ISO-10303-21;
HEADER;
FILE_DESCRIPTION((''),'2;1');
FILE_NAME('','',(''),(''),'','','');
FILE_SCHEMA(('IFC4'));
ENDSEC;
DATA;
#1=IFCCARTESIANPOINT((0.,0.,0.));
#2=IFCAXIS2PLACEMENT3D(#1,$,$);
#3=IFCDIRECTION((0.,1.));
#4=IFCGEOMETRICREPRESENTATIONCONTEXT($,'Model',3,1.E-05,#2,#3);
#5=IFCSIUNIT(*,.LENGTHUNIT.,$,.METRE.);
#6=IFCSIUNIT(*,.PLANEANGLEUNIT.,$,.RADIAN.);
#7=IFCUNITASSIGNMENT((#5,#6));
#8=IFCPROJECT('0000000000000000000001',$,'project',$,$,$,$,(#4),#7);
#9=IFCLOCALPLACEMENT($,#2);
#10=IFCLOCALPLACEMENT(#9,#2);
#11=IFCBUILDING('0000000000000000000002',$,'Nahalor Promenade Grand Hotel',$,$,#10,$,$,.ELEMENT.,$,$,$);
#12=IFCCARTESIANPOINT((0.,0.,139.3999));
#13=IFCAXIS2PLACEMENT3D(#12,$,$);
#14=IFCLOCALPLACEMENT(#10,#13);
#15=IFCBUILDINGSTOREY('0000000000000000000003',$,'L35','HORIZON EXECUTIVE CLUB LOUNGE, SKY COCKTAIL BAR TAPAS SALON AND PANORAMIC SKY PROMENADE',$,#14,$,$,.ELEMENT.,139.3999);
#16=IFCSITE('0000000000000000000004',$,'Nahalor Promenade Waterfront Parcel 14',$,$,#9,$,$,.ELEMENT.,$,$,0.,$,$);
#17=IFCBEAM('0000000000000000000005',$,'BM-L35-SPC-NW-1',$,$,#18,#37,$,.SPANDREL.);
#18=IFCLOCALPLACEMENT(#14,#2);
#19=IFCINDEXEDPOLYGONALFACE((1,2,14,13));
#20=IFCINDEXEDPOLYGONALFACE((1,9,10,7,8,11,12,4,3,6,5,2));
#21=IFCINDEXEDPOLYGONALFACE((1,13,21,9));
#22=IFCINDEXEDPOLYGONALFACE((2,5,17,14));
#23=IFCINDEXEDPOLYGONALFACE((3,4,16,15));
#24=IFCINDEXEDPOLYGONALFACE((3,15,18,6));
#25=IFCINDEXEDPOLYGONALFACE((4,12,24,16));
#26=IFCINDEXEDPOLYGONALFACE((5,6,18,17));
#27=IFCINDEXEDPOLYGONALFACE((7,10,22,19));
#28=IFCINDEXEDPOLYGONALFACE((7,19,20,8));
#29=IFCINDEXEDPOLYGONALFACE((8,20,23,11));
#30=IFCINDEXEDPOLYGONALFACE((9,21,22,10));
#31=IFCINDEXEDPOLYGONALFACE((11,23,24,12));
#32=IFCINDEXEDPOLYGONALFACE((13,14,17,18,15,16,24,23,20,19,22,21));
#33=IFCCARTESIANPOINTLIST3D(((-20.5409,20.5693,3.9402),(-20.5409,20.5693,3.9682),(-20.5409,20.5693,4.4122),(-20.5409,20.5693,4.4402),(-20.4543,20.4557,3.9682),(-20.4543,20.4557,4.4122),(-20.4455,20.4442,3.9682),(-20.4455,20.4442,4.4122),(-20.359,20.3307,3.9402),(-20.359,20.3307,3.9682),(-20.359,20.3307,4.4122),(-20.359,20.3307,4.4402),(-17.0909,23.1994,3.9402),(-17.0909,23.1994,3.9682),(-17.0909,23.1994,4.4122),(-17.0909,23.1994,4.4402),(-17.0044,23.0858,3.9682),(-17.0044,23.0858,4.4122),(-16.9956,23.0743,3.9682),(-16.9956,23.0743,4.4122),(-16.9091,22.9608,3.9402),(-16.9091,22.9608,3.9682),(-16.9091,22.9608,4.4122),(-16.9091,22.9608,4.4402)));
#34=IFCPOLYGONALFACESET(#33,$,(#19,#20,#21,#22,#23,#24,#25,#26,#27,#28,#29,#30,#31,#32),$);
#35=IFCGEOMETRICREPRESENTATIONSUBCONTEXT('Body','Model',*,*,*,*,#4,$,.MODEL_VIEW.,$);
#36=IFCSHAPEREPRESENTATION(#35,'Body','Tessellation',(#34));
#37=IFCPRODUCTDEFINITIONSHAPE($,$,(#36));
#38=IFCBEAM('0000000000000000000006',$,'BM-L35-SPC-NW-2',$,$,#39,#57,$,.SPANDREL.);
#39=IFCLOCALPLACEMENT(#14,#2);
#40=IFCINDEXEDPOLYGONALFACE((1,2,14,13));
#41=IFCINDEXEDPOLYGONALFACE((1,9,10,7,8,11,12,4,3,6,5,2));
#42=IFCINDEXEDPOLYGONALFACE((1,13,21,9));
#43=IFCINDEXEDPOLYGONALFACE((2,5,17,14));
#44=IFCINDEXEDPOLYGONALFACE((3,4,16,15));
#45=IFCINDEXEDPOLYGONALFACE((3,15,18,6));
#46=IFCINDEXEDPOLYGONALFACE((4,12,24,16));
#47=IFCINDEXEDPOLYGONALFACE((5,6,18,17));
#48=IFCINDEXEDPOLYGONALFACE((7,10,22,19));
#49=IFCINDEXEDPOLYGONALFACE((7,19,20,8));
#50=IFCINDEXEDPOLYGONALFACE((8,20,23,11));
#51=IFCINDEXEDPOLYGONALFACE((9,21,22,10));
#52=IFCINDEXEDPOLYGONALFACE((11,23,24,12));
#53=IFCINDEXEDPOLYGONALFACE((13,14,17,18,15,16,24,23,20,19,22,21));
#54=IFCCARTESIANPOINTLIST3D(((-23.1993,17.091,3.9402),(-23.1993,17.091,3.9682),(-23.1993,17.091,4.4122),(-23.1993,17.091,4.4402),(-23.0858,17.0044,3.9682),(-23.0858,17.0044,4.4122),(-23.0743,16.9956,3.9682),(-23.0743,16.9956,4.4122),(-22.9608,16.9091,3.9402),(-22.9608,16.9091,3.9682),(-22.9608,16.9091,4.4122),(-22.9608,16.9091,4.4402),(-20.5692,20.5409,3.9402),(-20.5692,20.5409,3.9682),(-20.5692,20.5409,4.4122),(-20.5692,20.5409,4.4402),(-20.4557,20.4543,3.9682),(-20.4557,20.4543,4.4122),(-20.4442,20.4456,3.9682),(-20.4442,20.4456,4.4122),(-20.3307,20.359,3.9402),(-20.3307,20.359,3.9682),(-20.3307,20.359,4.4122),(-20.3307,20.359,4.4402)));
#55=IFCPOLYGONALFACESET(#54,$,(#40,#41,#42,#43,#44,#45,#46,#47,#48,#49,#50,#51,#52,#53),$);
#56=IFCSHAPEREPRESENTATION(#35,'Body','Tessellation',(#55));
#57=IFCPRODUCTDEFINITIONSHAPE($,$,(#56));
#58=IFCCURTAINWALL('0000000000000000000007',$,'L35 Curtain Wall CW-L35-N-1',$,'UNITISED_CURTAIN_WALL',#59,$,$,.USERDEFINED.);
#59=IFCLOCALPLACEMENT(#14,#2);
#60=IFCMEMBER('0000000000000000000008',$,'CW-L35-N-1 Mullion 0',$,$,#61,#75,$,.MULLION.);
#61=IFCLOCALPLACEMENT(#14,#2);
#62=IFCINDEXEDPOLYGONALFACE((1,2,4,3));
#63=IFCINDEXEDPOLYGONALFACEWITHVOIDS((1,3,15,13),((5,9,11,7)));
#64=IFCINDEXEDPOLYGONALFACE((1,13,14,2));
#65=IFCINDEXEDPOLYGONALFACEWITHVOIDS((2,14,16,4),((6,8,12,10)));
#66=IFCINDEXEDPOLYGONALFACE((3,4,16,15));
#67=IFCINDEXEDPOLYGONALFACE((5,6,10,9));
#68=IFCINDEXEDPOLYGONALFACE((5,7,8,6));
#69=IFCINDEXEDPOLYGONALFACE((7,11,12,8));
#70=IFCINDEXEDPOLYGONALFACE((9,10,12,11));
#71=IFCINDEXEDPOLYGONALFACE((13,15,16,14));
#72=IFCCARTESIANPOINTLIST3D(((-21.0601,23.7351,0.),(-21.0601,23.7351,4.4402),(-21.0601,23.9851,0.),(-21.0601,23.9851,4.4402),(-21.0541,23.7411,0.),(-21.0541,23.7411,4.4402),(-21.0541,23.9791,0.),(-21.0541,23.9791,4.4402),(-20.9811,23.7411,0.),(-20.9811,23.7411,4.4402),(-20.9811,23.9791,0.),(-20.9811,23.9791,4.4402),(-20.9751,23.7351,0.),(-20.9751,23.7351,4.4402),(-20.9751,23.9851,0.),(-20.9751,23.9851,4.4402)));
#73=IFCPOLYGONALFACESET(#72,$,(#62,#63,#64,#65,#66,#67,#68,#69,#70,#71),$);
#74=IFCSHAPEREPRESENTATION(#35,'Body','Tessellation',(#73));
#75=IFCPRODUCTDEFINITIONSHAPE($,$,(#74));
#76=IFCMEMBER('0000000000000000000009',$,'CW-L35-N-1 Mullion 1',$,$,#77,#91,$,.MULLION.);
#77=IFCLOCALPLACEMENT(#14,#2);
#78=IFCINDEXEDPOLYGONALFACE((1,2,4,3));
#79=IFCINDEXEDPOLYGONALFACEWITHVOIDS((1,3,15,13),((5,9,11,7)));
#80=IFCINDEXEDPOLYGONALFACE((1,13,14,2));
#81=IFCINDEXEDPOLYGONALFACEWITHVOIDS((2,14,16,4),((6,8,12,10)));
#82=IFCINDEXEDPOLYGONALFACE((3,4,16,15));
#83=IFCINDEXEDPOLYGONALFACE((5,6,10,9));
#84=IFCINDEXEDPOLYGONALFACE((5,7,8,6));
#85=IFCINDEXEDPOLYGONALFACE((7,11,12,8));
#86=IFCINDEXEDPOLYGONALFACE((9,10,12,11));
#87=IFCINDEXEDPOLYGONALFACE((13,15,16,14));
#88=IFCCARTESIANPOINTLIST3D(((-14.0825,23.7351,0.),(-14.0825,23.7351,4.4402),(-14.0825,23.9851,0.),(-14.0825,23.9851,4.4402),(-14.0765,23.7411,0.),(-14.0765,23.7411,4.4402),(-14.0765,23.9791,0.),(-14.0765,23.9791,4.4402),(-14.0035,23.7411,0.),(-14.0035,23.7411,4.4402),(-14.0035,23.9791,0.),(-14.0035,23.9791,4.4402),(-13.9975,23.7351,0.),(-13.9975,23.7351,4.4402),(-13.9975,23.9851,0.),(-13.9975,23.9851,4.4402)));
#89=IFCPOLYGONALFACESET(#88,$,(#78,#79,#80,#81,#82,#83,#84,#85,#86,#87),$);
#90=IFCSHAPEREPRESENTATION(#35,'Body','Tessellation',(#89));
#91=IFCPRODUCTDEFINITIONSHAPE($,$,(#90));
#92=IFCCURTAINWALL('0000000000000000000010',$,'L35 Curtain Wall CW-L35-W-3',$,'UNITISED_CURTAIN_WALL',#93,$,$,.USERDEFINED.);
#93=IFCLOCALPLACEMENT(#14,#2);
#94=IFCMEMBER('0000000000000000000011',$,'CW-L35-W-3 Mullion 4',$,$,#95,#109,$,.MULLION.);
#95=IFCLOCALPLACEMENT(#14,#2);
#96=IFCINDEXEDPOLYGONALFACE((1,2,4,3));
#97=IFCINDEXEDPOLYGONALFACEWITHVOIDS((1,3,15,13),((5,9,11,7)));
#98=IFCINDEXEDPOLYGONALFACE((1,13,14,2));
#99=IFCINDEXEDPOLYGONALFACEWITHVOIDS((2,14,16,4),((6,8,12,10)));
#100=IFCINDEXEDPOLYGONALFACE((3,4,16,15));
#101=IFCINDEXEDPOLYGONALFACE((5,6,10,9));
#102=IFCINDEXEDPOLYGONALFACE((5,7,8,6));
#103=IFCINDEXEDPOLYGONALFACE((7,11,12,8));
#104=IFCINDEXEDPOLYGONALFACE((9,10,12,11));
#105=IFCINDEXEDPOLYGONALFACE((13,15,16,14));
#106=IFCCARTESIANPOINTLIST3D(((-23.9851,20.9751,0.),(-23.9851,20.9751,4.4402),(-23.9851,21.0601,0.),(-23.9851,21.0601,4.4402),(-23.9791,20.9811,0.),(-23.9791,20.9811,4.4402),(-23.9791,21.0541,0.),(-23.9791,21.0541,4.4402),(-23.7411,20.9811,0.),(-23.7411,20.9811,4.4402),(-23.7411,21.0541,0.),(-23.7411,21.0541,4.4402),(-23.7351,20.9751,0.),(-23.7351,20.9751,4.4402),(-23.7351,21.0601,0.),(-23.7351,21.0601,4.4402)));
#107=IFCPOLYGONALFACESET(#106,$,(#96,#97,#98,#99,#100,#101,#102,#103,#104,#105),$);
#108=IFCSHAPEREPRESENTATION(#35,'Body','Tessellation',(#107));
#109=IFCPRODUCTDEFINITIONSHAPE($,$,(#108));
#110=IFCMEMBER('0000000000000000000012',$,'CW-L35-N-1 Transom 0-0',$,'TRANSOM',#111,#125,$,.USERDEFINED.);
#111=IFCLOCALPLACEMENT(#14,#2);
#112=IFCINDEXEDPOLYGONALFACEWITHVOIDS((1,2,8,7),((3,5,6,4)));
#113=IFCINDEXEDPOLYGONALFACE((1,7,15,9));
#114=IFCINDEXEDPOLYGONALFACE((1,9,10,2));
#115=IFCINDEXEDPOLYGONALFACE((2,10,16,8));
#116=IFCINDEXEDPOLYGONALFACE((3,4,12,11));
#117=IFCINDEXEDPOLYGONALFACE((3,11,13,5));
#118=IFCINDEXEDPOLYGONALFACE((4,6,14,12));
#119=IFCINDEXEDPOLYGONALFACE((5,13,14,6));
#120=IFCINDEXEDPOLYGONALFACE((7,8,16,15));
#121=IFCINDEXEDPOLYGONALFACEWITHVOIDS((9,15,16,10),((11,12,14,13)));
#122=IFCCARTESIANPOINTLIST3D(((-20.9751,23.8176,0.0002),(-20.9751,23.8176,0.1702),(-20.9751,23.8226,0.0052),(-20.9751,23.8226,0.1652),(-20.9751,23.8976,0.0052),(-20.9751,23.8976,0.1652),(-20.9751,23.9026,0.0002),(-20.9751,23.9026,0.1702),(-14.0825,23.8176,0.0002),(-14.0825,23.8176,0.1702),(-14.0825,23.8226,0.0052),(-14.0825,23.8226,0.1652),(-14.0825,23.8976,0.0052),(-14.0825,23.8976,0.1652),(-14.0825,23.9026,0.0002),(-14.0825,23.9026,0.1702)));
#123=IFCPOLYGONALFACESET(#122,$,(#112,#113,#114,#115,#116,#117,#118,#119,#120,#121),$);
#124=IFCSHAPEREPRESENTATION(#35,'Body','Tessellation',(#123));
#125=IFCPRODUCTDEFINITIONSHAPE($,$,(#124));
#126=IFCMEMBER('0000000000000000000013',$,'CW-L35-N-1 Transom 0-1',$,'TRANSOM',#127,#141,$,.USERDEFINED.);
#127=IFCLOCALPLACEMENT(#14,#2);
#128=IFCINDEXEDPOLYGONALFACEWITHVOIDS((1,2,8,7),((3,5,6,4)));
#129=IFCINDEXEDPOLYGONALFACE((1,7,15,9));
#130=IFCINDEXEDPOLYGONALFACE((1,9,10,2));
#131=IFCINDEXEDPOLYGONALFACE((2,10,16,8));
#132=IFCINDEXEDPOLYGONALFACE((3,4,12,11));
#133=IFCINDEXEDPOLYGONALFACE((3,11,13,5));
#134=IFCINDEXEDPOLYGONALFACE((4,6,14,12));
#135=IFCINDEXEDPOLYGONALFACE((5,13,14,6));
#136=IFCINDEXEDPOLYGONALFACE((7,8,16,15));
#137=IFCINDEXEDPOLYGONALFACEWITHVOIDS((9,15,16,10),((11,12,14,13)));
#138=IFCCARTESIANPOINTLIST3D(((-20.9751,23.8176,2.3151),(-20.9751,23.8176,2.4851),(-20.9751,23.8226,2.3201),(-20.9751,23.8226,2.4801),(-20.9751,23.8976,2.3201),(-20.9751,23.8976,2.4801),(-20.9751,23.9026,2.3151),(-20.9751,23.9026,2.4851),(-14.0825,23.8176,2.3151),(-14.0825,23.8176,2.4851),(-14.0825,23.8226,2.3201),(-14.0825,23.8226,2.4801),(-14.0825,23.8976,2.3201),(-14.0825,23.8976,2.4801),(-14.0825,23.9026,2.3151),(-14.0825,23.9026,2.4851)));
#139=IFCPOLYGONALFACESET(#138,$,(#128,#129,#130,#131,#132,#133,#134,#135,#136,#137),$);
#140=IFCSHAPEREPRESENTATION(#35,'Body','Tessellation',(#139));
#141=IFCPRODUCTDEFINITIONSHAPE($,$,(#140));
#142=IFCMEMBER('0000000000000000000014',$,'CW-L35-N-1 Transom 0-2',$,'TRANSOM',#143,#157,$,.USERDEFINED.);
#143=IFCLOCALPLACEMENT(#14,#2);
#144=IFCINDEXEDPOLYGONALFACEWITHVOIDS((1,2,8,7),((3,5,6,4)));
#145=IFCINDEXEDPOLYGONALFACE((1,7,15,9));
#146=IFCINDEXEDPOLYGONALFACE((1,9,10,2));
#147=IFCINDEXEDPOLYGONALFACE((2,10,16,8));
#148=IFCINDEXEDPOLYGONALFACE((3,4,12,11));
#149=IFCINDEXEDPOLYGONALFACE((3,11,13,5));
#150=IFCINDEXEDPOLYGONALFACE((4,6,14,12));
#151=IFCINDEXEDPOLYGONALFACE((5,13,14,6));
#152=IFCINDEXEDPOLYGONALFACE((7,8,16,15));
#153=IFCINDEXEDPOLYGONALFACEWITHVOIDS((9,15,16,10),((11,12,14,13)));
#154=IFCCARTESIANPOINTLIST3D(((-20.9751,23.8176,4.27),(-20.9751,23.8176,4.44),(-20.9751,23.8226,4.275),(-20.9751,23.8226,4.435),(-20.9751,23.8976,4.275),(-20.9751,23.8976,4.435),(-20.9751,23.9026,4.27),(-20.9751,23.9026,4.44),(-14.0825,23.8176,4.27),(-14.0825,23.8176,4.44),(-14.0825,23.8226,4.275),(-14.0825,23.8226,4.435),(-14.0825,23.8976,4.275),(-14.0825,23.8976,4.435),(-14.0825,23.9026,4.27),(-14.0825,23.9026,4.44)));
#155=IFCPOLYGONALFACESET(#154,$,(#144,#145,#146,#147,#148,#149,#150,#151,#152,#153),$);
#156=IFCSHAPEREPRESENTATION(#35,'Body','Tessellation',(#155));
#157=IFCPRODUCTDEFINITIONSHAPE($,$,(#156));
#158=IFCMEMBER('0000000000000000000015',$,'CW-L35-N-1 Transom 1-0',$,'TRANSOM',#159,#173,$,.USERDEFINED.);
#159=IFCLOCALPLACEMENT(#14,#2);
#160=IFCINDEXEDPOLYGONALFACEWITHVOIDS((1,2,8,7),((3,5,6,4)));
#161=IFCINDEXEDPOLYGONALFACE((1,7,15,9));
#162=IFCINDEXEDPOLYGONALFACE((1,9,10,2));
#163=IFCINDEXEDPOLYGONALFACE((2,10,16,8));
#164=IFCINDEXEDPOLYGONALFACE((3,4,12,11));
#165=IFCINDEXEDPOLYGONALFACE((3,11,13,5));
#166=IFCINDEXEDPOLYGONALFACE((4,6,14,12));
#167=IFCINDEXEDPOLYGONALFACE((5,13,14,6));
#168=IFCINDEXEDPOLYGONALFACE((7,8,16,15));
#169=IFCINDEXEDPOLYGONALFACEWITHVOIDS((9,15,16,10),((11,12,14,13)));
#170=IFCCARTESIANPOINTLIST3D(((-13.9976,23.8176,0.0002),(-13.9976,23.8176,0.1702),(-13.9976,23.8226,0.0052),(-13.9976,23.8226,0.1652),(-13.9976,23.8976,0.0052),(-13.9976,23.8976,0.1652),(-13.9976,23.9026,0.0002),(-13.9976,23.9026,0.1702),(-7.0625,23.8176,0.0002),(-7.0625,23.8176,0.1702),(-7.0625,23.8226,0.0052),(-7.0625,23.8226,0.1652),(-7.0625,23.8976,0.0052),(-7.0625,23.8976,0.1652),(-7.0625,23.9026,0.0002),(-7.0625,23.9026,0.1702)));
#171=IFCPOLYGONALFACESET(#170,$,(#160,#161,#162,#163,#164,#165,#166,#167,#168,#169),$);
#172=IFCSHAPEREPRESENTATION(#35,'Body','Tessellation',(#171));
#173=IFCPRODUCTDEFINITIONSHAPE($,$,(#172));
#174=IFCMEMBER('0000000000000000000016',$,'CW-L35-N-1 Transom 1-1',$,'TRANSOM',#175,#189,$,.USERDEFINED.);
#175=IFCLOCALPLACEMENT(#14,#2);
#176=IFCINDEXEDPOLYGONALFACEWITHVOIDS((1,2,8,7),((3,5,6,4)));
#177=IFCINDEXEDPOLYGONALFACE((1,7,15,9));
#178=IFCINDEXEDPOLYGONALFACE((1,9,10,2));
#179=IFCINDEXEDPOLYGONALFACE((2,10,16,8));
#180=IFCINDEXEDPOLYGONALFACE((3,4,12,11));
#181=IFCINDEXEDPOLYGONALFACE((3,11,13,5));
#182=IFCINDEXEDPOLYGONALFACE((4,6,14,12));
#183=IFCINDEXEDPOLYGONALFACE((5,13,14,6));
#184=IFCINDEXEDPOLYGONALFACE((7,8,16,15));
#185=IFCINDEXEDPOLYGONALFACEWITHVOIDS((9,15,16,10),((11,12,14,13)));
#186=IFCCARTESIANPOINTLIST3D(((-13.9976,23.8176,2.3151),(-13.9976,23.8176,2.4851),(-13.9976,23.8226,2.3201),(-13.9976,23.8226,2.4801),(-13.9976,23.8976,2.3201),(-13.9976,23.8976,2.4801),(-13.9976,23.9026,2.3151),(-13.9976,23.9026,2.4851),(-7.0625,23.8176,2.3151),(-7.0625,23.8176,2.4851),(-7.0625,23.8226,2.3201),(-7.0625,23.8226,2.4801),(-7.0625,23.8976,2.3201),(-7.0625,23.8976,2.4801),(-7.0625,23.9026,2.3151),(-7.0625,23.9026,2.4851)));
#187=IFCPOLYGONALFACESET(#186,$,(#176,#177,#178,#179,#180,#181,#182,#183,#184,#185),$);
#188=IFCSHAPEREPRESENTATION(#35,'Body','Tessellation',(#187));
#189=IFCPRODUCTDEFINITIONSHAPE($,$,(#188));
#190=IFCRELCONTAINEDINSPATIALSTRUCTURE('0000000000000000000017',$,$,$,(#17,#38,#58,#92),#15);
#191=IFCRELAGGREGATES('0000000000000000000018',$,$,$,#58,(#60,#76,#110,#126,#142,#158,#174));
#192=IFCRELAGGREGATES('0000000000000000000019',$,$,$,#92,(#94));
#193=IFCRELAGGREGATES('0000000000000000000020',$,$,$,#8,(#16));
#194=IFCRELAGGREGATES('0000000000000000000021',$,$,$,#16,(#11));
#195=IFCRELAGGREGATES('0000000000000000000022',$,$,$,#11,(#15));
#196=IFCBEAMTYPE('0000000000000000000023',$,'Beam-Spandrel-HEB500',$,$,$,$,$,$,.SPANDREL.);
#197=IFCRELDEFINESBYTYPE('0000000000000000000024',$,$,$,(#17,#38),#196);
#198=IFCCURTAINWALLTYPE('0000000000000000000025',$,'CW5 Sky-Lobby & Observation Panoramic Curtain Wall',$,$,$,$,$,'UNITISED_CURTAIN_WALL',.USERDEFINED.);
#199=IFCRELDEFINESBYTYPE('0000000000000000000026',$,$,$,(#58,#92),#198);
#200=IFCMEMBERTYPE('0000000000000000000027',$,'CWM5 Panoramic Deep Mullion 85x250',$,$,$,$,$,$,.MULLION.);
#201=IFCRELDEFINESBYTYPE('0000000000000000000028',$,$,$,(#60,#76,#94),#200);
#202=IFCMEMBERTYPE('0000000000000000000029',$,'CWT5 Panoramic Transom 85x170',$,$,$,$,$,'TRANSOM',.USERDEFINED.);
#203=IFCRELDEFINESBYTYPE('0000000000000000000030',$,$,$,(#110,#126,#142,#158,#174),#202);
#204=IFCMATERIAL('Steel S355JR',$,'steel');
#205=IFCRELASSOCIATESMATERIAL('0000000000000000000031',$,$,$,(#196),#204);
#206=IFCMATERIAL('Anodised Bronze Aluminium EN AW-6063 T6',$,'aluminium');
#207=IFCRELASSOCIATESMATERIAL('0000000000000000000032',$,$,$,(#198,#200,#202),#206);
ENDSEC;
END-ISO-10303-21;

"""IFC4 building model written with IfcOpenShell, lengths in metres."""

from ifc_helpers import new_model, si_unit, direction, frame, origin, origin_2d, place, context, subcontext, project, spatial, hollow_rectangle, i_section, extrude, source, transform, mapped, material, material_profile, profile_set, type_object, element, aggregate, save


model = new_model("IFC4")

# Units and contexts
model_context = context("Model", 3, precision=1e-05, world=origin(), true_north=direction((0.0, 1.0)))
body_context = subcontext(model_context, "Body", "Model", "MODEL_VIEW")
ifc_project = project(units=[si_unit("LENGTHUNIT", "METRE"), si_unit("PLANEANGLEUNIT", "RADIAN")], contexts=[model_context])

# Site, building, storey
site_placement = place(None, origin())
site = spatial("IfcSite", under=ifc_project, at=site_placement, Name="Nahalor Promenade Waterfront Parcel 14", CompositionType="ELEMENT", RefElevation=0.0)
building_placement = place(site_placement, origin())
building = spatial("IfcBuilding", under=site, at=building_placement, Name="Nahalor Promenade Grand Hotel", CompositionType="ELEMENT")
storey_placement = place(building_placement, frame((0.0, 0.0, 139.3999)))
storey = spatial("IfcBuildingStorey", under=building, at=storey_placement, Name="L35", Description="HORIZON EXECUTIVE CLUB LOUNGE, SKY COCKTAIL BAR TAPAS SALON AND PANORAMIC SKY PROMENADE", CompositionType="ELEMENT", Elevation=139.3999)

# Beams
ifc_material_1 = material(Name="Steel S355JR", Category="steel")
ifc_material_profile_1 = material_profile(ifc_material_1, i_section(OverallWidth=0.3, OverallDepth=0.5, WebThickness=0.0145, FlangeThickness=0.028, at=origin_2d()), Name="HEB 500")
ifc_profile_set_1 = profile_set([ifc_material_profile_1], Name="Steel S355JR")
beam_type_1 = type_object("IfcBeamType", Name="Beam-Spandrel-HEB500", PredefinedType="SPANDREL", material=ifc_profile_set_1)
shared_shape_1 = source(origin(), body_context, "Body", "SweptSolid", [
    extrude(i_section(OverallWidth=0.3, OverallDepth=0.5, WebThickness=0.0145, FlangeThickness=0.028, at=origin_2d()), origin(), (0.0, 0.0, 1.0), 4.3381),
])
for number, where, z_axis, x_axis, name in (
    (1, (-17.0, 23.0801, 4.1902), (-0.795255, -0.606275, 0.0), (0.606275, -0.795255, 0.0), "BM-L35-SPC-NW-1"),
    (2, (-20.45, 20.45, 4.1902), (-0.606275, -0.795255, 0.0), (0.795255, -0.606275, 0.0), "BM-L35-SPC-NW-2"),
):
    element("IfcBeam", number, at=place(storey_placement, frame(where, z_axis=z_axis, x_axis=x_axis)), inside=storey, type_object=beam_type_1, Name=name, PredefinedType="SPANDREL", context=body_context, shape_type="MappedRepresentation", body=[
        mapped(shared_shape_1, transform((0.0, 0.0, 0.0), scale=1.0)),
    ])

# Curtain wall, members
ifc_material_2 = material(Name="Anodised Bronze Aluminium EN AW-6063 T6", Category="aluminium")
curtain_wall_type = type_object("IfcCurtainWallType", Name="CW5 Sky-Lobby & Observation Panoramic Curtain Wall", ElementType="UNITISED_CURTAIN_WALL", PredefinedType="USERDEFINED", material=ifc_material_2)
curtain_wall_1_placement = place(storey_placement, origin())
curtain_wall_1 = element("IfcCurtainWall", 3, at=curtain_wall_1_placement, inside=storey, type_object=curtain_wall_type, Name="L35 Curtain Wall CW-L35-N-1", ObjectType="UNITISED_CURTAIN_WALL", PredefinedType="USERDEFINED")
ifc_material_profile_2 = material_profile(ifc_material_2, hollow_rectangle(XDim=0.085, YDim=0.25, WallThickness=0.006, at=origin_2d()), Name="CWM 85x250x6")
ifc_profile_set_2 = profile_set([ifc_material_profile_2], Name="Anodised Bronze Aluminium EN AW-6063 T6")
member_type_1 = type_object("IfcMemberType", Name="CWM5 Panoramic Deep Mullion 85x250", PredefinedType="MULLION", material=ifc_profile_set_2)
shared_shape_2 = source(origin(), body_context, "Body", "SweptSolid", [
    extrude(hollow_rectangle(XDim=0.085, YDim=0.25, WallThickness=0.006, at=origin_2d()), origin(), (0.0, 0.0, 1.0), 4.4402),
])
member_1_placement = place(storey_placement, frame((-21.0176, 23.8601, 0.0), z_axis=(0.0, 0.0, 1.0), x_axis=(1.0, 0.0, 0.0)))
member_1 = element("IfcMember", 4, at=member_1_placement, type_object=member_type_1, Name="CW-L35-N-1 Mullion 0", PredefinedType="MULLION", context=body_context, shape_type="MappedRepresentation", body=[
    mapped(shared_shape_2, transform((0.0, 0.0, 0.0), scale=1.0)),
])
member_2_placement = place(storey_placement, frame((-14.04, 23.8601, 0.0), z_axis=(0.0, 0.0, 1.0), x_axis=(1.0, 0.0, 0.0)))
member_2 = element("IfcMember", 5, at=member_2_placement, type_object=member_type_1, Name="CW-L35-N-1 Mullion 1", PredefinedType="MULLION", context=body_context, shape_type="MappedRepresentation", body=[
    mapped(shared_shape_2, transform((0.0, 0.0, 0.0), scale=1.0)),
])

# Curtain wall, member
curtain_wall_2_placement = place(storey_placement, origin())
curtain_wall_2 = element("IfcCurtainWall", 6, at=curtain_wall_2_placement, inside=storey, type_object=curtain_wall_type, Name="L35 Curtain Wall CW-L35-W-3", ObjectType="UNITISED_CURTAIN_WALL", PredefinedType="USERDEFINED")
member_3_placement = place(storey_placement, frame((-23.8601, 21.0176, 0.0), z_axis=(0.0, 0.0, 1.0), x_axis=(0.0, 1.0, 0.0)))
member_3 = element("IfcMember", 7, at=member_3_placement, type_object=member_type_1, Name="CW-L35-W-3 Mullion 4", PredefinedType="MULLION", context=body_context, shape_type="MappedRepresentation", body=[
    mapped(shared_shape_2, transform((0.0, 0.0, 0.0), scale=1.0)),
])

# Members
ifc_material_profile_3 = material_profile(ifc_material_2, hollow_rectangle(XDim=0.085, YDim=0.17, WallThickness=0.005, at=origin_2d()), Name="CWT 85x170x5")
ifc_profile_set_3 = profile_set([ifc_material_profile_3], Name="Anodised Bronze Aluminium EN AW-6063 T6")
member_type_2 = type_object("IfcMemberType", Name="CWT5 Panoramic Transom 85x170", ElementType="TRANSOM", PredefinedType="USERDEFINED", material=ifc_profile_set_3)
shared_shape_3 = source(origin(), body_context, "Body", "SweptSolid", [
    extrude(hollow_rectangle(XDim=0.085, YDim=0.17, WallThickness=0.005, at=origin_2d()), origin(), (0.0, 0.0, 1.0), 6.8926),
])
member_4_placement = place(storey_placement, frame((-20.9751, 23.8601, 0.0852), z_axis=(1.0, 0.0, 0.0), x_axis=(0.0, 1.0, 0.0)))
member_4 = element("IfcMember", 8, at=member_4_placement, type_object=member_type_2, Name="CW-L35-N-1 Transom 0-0", ObjectType="TRANSOM", PredefinedType="USERDEFINED", context=body_context, shape_type="MappedRepresentation", body=[
    mapped(shared_shape_3, transform((0.0, 0.0, 0.0), scale=1.0)),
])
member_5_placement = place(storey_placement, frame((-20.9751, 23.8601, 2.4001), z_axis=(1.0, 0.0, 0.0), x_axis=(0.0, 1.0, 0.0)))
member_5 = element("IfcMember", 9, at=member_5_placement, type_object=member_type_2, Name="CW-L35-N-1 Transom 0-1", ObjectType="TRANSOM", PredefinedType="USERDEFINED", context=body_context, shape_type="MappedRepresentation", body=[
    mapped(shared_shape_3, transform((0.0, 0.0, 0.0), scale=1.0)),
])
member_6_placement = place(storey_placement, frame((-20.9751, 23.8601, 4.355), z_axis=(1.0, 0.0, 0.0), x_axis=(0.0, 1.0, 0.0)))
member_6 = element("IfcMember", 10, at=member_6_placement, type_object=member_type_2, Name="CW-L35-N-1 Transom 0-2", ObjectType="TRANSOM", PredefinedType="USERDEFINED", context=body_context, shape_type="MappedRepresentation", body=[
    mapped(shared_shape_3, transform((0.0, 0.0, 0.0), scale=1.0)),
])
shared_shape_4 = source(origin(), body_context, "Body", "SweptSolid", [
    extrude(hollow_rectangle(XDim=0.085, YDim=0.17, WallThickness=0.005, at=origin_2d()), origin(), (0.0, 0.0, 1.0), 6.9351),
])
member_7_placement = place(storey_placement, frame((-13.9976, 23.8601, 0.0852), z_axis=(1.0, 0.0, 0.0), x_axis=(0.0, 1.0, 0.0)))
member_7 = element("IfcMember", 11, at=member_7_placement, type_object=member_type_2, Name="CW-L35-N-1 Transom 1-0", ObjectType="TRANSOM", PredefinedType="USERDEFINED", context=body_context, shape_type="MappedRepresentation", body=[
    mapped(shared_shape_4, transform((0.0, 0.0, 0.0), scale=1.0)),
])
member_8_placement = place(storey_placement, frame((-13.9976, 23.8601, 2.4001), z_axis=(1.0, 0.0, 0.0), x_axis=(0.0, 1.0, 0.0)))
member_8 = element("IfcMember", 12, at=member_8_placement, type_object=member_type_2, Name="CW-L35-N-1 Transom 1-1", ObjectType="TRANSOM", PredefinedType="USERDEFINED", context=body_context, shape_type="MappedRepresentation", body=[
    mapped(shared_shape_4, transform((0.0, 0.0, 0.0), scale=1.0)),
])

aggregate(curtain_wall_1, [member_1, member_2, member_4, member_5, member_6, member_7, member_8])
aggregate(curtain_wall_2, [member_3])

save(model, "model.ifc")
